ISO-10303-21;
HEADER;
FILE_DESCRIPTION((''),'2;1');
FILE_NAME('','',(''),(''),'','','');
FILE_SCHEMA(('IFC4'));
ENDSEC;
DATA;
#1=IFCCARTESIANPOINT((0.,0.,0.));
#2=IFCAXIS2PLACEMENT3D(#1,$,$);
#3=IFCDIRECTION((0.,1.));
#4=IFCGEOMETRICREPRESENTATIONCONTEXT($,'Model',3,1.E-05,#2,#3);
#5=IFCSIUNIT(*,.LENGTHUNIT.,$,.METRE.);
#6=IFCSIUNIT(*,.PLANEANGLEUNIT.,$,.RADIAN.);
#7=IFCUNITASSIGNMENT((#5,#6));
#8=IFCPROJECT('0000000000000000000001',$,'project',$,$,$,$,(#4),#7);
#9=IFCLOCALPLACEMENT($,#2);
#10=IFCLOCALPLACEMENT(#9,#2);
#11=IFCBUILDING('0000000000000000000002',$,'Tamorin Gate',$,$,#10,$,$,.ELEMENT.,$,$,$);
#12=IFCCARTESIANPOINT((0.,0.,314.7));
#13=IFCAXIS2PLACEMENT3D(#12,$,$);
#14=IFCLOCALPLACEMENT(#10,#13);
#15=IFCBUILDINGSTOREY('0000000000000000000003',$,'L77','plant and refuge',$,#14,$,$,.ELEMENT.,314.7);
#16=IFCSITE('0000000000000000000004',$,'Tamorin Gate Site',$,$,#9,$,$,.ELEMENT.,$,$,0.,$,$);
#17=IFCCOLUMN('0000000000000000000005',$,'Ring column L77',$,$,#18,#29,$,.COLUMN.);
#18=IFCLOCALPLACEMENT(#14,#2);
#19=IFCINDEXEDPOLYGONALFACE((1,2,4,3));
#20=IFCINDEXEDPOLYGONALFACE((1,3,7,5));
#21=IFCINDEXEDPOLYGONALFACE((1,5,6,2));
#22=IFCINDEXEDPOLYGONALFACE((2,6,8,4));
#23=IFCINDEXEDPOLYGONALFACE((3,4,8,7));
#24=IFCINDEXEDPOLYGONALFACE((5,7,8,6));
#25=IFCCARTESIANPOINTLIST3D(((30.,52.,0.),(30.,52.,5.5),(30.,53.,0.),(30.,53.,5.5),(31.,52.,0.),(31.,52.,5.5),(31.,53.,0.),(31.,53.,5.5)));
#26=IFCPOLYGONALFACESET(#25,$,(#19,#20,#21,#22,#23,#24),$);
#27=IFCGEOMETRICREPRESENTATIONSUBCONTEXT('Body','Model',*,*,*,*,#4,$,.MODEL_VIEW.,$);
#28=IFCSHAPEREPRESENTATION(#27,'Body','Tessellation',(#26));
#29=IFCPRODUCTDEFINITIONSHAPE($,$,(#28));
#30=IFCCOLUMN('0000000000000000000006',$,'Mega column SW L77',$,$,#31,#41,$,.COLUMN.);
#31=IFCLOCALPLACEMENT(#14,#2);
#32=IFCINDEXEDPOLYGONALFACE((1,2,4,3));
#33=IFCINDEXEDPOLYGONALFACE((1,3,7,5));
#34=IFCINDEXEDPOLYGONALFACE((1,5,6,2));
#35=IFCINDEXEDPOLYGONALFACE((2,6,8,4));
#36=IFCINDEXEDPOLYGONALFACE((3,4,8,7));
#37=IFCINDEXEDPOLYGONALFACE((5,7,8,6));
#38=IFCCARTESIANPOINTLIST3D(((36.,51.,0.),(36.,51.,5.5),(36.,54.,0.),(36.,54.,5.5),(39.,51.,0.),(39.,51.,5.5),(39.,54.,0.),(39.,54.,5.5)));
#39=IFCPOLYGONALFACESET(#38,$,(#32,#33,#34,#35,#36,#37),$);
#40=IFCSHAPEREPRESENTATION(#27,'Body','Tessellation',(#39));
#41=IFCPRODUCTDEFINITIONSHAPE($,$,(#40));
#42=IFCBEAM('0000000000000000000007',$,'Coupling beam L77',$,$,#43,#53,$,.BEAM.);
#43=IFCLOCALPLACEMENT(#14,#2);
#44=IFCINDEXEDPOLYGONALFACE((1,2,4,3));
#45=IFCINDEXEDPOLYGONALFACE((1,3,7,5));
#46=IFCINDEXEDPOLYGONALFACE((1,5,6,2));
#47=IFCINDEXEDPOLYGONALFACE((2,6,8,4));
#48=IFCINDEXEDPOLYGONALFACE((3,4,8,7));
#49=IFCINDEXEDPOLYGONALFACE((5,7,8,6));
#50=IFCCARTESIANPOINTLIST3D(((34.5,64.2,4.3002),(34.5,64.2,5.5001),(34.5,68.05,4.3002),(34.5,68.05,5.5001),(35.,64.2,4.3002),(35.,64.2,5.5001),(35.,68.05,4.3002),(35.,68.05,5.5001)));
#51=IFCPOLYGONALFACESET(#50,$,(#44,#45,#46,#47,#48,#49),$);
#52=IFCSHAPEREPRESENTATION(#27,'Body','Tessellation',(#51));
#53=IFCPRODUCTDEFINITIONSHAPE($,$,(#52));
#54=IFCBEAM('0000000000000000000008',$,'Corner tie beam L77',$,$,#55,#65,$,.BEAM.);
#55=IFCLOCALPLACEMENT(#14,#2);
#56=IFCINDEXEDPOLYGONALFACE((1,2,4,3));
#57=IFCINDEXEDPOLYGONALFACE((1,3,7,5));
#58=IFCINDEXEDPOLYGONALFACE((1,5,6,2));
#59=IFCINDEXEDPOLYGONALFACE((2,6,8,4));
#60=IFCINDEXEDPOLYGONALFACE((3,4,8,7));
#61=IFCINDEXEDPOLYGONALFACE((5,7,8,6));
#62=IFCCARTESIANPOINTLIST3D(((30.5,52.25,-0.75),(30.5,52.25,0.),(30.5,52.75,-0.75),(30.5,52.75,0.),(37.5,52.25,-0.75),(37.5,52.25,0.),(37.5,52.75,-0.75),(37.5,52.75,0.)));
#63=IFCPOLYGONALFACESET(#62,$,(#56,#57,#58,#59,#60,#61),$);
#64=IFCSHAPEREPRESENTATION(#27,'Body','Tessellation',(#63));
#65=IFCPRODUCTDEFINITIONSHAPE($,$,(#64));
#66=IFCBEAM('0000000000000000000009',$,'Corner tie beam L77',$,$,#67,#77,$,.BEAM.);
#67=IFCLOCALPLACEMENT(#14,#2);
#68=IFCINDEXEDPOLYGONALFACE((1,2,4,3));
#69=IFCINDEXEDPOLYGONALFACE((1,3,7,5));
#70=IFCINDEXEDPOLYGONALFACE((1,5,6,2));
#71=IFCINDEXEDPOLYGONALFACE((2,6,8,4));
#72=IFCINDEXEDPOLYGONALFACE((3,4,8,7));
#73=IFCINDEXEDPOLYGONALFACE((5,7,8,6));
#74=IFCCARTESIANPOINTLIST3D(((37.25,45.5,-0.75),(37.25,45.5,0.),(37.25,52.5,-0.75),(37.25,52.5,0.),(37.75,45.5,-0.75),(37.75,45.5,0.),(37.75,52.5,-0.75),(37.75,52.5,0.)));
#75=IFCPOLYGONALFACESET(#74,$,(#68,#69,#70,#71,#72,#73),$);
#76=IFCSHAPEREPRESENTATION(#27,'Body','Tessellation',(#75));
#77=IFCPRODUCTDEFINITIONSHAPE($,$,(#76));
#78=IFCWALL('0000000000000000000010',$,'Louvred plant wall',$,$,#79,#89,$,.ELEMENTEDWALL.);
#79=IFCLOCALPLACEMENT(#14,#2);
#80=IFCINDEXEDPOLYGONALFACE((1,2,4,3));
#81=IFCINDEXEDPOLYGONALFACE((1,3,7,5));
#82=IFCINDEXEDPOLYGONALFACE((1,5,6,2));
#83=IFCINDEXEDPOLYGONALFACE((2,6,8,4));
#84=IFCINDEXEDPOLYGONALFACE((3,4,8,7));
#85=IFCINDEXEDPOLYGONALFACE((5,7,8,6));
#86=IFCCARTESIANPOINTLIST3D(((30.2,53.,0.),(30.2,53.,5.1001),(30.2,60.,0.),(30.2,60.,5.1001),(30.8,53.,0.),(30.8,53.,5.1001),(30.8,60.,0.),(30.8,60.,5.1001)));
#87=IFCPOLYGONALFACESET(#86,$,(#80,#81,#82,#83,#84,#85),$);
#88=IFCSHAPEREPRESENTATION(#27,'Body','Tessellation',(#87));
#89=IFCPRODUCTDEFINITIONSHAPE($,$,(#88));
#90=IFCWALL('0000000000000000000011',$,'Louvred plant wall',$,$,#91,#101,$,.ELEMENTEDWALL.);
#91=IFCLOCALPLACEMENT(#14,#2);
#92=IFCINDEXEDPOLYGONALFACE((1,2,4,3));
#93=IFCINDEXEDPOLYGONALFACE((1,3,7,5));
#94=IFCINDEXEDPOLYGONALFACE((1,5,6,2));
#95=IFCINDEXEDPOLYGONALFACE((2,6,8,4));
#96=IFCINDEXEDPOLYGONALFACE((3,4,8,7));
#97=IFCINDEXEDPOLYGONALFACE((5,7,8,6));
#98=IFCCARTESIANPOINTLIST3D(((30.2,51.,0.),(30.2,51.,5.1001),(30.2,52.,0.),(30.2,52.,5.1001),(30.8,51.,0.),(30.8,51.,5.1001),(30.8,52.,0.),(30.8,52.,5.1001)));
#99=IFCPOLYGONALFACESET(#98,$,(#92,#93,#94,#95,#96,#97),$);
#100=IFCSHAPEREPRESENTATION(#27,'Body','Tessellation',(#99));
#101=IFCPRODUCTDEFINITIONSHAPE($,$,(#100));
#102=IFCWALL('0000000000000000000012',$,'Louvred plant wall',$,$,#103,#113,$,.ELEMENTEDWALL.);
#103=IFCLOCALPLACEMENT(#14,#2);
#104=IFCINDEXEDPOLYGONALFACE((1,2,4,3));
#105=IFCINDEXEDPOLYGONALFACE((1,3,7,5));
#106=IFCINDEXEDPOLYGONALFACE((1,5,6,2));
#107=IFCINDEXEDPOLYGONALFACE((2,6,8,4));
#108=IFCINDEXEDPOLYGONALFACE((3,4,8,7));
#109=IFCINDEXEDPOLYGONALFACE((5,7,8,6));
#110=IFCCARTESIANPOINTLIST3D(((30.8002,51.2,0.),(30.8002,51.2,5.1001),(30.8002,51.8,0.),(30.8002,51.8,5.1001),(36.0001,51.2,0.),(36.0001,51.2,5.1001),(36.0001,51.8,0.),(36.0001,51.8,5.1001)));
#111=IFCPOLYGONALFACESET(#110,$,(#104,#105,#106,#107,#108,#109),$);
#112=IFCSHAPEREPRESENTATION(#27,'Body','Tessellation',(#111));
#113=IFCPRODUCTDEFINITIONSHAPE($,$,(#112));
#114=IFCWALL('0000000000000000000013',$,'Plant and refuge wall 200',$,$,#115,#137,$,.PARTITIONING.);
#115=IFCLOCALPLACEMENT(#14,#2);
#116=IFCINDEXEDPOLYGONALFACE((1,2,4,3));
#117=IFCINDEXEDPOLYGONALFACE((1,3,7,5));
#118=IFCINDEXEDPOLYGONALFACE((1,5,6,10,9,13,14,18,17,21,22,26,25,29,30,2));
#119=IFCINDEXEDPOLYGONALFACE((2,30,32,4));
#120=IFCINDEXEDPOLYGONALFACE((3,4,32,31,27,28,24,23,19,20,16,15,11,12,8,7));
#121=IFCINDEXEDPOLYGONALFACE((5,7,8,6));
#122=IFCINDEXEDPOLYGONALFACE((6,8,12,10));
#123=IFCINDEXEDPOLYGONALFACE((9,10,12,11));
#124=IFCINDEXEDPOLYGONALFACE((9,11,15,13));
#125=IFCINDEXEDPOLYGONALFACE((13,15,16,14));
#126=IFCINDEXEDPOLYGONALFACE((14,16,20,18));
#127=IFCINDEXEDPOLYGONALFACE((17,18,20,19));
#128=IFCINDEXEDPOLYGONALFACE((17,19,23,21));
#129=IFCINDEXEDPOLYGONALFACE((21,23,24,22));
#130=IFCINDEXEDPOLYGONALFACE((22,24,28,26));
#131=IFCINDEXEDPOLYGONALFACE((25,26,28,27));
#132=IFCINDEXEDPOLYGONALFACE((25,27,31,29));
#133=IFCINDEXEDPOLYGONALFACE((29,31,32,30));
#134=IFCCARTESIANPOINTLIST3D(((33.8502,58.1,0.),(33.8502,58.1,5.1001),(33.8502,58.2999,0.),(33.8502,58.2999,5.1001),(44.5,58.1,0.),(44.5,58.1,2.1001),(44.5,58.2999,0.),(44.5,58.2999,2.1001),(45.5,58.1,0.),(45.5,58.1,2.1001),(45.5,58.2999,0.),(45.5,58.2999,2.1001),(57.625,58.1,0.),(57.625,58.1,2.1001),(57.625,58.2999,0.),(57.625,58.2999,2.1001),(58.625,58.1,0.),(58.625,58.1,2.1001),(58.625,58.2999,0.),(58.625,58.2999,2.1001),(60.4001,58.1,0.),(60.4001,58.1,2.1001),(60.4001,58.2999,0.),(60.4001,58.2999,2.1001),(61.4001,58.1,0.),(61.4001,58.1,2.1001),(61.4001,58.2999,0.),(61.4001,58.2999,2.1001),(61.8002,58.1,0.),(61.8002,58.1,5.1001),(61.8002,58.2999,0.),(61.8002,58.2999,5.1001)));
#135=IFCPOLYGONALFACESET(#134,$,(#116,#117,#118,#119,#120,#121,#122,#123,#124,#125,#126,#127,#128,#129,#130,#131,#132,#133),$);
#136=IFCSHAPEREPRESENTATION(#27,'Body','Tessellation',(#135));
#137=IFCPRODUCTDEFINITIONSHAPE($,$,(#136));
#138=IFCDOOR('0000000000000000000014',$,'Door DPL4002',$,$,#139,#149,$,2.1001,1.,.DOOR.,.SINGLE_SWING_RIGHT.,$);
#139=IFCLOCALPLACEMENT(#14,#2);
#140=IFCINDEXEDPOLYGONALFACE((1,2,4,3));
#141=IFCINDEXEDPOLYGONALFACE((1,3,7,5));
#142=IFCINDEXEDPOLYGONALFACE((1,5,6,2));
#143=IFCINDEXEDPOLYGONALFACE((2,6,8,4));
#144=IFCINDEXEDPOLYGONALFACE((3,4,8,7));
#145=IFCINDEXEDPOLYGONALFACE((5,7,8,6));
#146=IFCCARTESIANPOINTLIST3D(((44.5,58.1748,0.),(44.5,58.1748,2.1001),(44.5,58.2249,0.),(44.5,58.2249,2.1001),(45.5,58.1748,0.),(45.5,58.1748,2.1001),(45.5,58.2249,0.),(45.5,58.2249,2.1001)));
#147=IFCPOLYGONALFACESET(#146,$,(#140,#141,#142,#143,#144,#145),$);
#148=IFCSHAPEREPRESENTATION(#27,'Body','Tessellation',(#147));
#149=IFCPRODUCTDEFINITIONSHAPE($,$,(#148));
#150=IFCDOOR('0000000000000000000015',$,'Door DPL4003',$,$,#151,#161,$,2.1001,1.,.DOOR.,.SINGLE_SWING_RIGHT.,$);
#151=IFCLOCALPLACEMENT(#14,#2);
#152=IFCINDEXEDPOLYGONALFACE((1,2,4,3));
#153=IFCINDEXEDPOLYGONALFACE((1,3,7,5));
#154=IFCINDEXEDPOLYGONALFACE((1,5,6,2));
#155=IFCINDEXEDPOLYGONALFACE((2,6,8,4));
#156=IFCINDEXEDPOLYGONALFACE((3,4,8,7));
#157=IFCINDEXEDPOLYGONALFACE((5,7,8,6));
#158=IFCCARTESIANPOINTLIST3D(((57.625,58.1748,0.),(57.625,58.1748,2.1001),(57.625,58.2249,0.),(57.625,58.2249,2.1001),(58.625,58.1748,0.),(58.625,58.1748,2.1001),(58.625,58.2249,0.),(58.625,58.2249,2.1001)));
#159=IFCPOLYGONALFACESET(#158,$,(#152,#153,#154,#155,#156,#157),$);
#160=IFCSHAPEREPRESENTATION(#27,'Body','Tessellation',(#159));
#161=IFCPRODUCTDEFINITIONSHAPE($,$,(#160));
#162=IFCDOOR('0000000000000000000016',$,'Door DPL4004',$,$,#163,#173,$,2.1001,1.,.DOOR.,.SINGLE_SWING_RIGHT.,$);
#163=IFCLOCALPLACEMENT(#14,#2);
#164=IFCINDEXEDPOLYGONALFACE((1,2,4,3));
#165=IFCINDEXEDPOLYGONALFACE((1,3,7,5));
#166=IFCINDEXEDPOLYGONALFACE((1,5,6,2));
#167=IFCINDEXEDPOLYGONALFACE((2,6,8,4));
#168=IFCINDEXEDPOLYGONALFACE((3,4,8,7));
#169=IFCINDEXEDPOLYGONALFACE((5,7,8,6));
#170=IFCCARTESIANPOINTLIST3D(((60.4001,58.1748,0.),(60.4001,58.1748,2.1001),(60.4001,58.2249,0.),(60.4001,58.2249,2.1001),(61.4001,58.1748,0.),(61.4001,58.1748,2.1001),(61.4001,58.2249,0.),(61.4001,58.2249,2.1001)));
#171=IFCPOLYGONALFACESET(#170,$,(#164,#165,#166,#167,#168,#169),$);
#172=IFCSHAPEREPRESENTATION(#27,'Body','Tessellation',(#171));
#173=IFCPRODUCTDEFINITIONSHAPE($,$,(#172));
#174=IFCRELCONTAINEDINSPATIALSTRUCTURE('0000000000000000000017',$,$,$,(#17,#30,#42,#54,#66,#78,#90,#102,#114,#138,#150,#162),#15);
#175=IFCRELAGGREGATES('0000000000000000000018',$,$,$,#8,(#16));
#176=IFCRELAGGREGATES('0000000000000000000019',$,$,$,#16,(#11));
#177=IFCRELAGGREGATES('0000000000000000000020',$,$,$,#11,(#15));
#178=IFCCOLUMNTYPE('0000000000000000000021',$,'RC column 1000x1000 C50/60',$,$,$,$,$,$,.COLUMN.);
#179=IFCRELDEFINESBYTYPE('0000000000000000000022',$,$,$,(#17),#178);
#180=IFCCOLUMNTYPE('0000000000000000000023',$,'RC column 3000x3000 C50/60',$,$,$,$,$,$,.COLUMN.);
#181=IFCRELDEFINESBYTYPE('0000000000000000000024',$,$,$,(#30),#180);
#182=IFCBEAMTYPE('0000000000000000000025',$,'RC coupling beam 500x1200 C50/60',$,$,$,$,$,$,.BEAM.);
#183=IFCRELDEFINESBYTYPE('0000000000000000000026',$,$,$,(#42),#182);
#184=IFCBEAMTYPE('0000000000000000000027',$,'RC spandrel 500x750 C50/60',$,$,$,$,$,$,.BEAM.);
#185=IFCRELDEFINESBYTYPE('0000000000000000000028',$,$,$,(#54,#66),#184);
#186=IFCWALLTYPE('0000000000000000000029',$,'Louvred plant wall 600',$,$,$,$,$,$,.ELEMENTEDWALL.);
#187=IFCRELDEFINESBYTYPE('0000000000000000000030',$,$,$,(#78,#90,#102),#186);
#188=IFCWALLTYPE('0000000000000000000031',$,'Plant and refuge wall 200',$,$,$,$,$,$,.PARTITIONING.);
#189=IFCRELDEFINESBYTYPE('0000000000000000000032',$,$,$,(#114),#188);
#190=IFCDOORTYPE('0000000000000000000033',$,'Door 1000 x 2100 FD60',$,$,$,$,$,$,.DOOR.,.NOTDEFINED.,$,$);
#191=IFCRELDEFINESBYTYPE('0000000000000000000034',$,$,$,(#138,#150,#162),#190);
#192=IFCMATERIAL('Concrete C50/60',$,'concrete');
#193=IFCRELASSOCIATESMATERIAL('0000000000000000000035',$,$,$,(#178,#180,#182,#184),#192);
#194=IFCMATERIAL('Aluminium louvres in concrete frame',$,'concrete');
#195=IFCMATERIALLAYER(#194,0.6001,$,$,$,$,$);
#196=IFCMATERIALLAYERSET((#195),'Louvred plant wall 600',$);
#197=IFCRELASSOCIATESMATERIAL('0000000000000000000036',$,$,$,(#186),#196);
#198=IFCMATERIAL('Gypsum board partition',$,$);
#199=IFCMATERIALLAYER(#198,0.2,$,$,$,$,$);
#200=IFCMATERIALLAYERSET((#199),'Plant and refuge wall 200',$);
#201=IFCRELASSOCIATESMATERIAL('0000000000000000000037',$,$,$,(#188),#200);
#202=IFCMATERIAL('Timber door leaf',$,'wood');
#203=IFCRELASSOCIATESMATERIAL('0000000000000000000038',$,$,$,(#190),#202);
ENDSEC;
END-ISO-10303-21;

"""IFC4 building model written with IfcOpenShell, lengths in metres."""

from ifc_helpers import new_model, si_unit, direction, frame, frame_2d, origin, origin_2d, place, context, subcontext, project, spatial, rectangle, extrude, material, layer, layer_set, material_profile, profile_set, type_object, element, fill, save


model = new_model("IFC4")

# Units and contexts
model_context = context("Model", 3, precision=1e-05, world=origin(), true_north=direction((0.0, 1.0)))
body_context = subcontext(model_context, "Body", "Model", "MODEL_VIEW")
ifc_project = project(units=[si_unit("LENGTHUNIT", "METRE"), si_unit("PLANEANGLEUNIT", "RADIAN")], contexts=[model_context])

# Site, building, storey
site_placement = place(None, origin())
site = spatial("IfcSite", under=ifc_project, at=site_placement, Name="Tamorin Gate Site", CompositionType="ELEMENT", RefElevation=0.0)
building_placement = place(site_placement, origin())
building = spatial("IfcBuilding", under=site, at=building_placement, Name="Tamorin Gate", CompositionType="ELEMENT")
storey_placement = place(building_placement, frame((0.0, 0.0, 314.7)))
storey = spatial("IfcBuildingStorey", under=building, at=storey_placement, Name="L77", Description="plant and refuge", CompositionType="ELEMENT", Elevation=314.7)

# Columns
ifc_material_1 = material(Name="Concrete C50/60", Category="concrete")
ifc_material_profile_1 = material_profile(ifc_material_1, rectangle(XDim=1.0, YDim=1.0, at=origin_2d()), Name="RC 1000x1000")
ifc_profile_set_1 = profile_set([ifc_material_profile_1], Name="Concrete C50/60")
column_type_1 = type_object("IfcColumnType", Name="RC column 1000x1000 C50/60", PredefinedType="COLUMN", material=ifc_profile_set_1)
column_1_placement = place(storey_placement, frame((30.5, 52.5, 0.0), z_axis=(0.0, 0.0, 1.0), x_axis=(1.0, 0.0, 0.0)))
element("IfcColumn", 1, at=column_1_placement, inside=storey, type_object=column_type_1, Name="Ring column L77", PredefinedType="COLUMN", context=body_context, shape_type="SweptSolid", body=[
    extrude(rectangle(XDim=1.0, YDim=1.0, at=origin_2d()), origin(), (0.0, 0.0, 1.0), 5.5),
])
ifc_material_profile_2 = material_profile(ifc_material_1, rectangle(XDim=3.0, YDim=3.0, at=origin_2d()), Name="RC 3000x3000")
ifc_profile_set_2 = profile_set([ifc_material_profile_2], Name="Concrete C50/60")
column_type_2 = type_object("IfcColumnType", Name="RC column 3000x3000 C50/60", PredefinedType="COLUMN", material=ifc_profile_set_2)
column_2_placement = place(storey_placement, frame((37.5, 52.5, 0.0), z_axis=(0.0, 0.0, 1.0), x_axis=(1.0, 0.0, 0.0)))
element("IfcColumn", 2, at=column_2_placement, inside=storey, type_object=column_type_2, Name="Mega column SW L77", PredefinedType="COLUMN", context=body_context, shape_type="SweptSolid", body=[
    extrude(rectangle(XDim=3.0, YDim=3.0, at=origin_2d()), origin(), (0.0, 0.0, 1.0), 5.5),
])

# Beams
ifc_material_profile_3 = material_profile(ifc_material_1, rectangle(XDim=0.5, YDim=1.2, at=origin_2d()), Name="RC 500x1200")
ifc_profile_set_3 = profile_set([ifc_material_profile_3], Name="Concrete C50/60")
beam_type_1 = type_object("IfcBeamType", Name="RC coupling beam 500x1200 C50/60", PredefinedType="BEAM", material=ifc_profile_set_3)
beam_placement = place(storey_placement, frame((34.75, 64.2, 4.9001), z_axis=(0.0, 1.0, 0.0), x_axis=(-1.0, 0.0, 0.0)))
element("IfcBeam", 3, at=beam_placement, inside=storey, type_object=beam_type_1, Name="Coupling beam L77", PredefinedType="BEAM", context=body_context, shape_type="SweptSolid", body=[
    extrude(rectangle(XDim=0.5, YDim=1.2, at=origin_2d()), origin(), (0.0, 0.0, 1.0), 3.8501),
])
ifc_material_profile_4 = material_profile(ifc_material_1, rectangle(XDim=0.5, YDim=0.75, at=origin_2d()), Name="RC 500x750")
ifc_profile_set_4 = profile_set([ifc_material_profile_4], Name="Concrete C50/60")
beam_type_2 = type_object("IfcBeamType", Name="RC spandrel 500x750 C50/60", PredefinedType="BEAM", material=ifc_profile_set_4)
for number, where, z_axis, x_axis, name in (
    (4, (37.5, 52.5, -0.375), (-1.0, 0.0, 0.0), (0.0, -1.0, 0.0), "Corner tie beam L77"),
    (5, (37.5, 52.5, -0.375), (0.0, -1.0, 0.0), (1.0, 0.0, 0.0), "Corner tie beam L77"),
):
    element("IfcBeam", number, at=place(storey_placement, frame(where, z_axis=z_axis, x_axis=x_axis)), inside=storey, type_object=beam_type_2, Name=name, PredefinedType="BEAM", context=body_context, shape_type="SweptSolid", body=[
        extrude(rectangle(XDim=0.5, YDim=0.75, at=origin_2d()), origin(), (0.0, 0.0, 1.0), 7.0),
    ])

# Walls
ifc_material_2 = material(Name="Aluminium louvres in concrete frame", Category="concrete")
ifc_layer_1 = layer(ifc_material_2, 0.6001)
ifc_layer_set_1 = layer_set([ifc_layer_1], Name="Louvred plant wall 600")
wall_type_1 = type_object("IfcWallType", Name="Louvred plant wall 600", PredefinedType="ELEMENTEDWALL", material=ifc_layer_set_1)
wall_1_placement = place(storey_placement, frame((30.5, 60.0, 0.0), z_axis=(0.0, 0.0, 1.0), x_axis=(0.0, -1.0, 0.0)))
element("IfcWall", 6, at=wall_1_placement, inside=storey, type_object=wall_type_1, Name="Louvred plant wall", PredefinedType="ELEMENTEDWALL", context=body_context, shape_type="SweptSolid", body=[
    extrude(rectangle(XDim=7.0, YDim=0.6001, at=frame_2d((3.5, 0.0))), origin(), (0.0, 0.0, 1.0), 5.1001),
])
wall_2_placement = place(storey_placement, frame((30.5, 52.0, 0.0), z_axis=(0.0, 0.0, 1.0), x_axis=(0.0, -1.0, 0.0)))
element("IfcWall", 7, at=wall_2_placement, inside=storey, type_object=wall_type_1, Name="Louvred plant wall", PredefinedType="ELEMENTEDWALL", context=body_context, shape_type="SweptSolid", body=[
    extrude(rectangle(XDim=1.0, YDim=0.6001, at=frame_2d((0.5, 0.0))), origin(), (0.0, 0.0, 1.0), 5.1001),
])
wall_3_placement = place(storey_placement, frame((30.8, 51.5, 0.0), z_axis=(0.0, 0.0, 1.0), x_axis=(1.0, 0.0, 0.0)))
element("IfcWall", 8, at=wall_3_placement, inside=storey, type_object=wall_type_1, Name="Louvred plant wall", PredefinedType="ELEMENTEDWALL", context=body_context, shape_type="SweptSolid", body=[
    extrude(rectangle(XDim=5.2, YDim=0.6001, at=frame_2d((2.6001, 0.0))), origin(), (0.0, 0.0, 1.0), 5.1001),
])

# Wall, openings, doors
ifc_material_3 = material(Name="Gypsum board partition")
ifc_layer_2 = layer(ifc_material_3, 0.2)
ifc_layer_set_2 = layer_set([ifc_layer_2], Name="Plant and refuge wall 200")
wall_type_2 = type_object("IfcWallType", Name="Plant and refuge wall 200", PredefinedType="PARTITIONING", material=ifc_layer_set_2)
wall_4_placement = place(storey_placement, frame((33.8501, 58.2, 0.0), z_axis=(0.0, 0.0, 1.0), x_axis=(1.0, 0.0, 0.0)))
wall_4 = element("IfcWall", 9, at=wall_4_placement, inside=storey, type_object=wall_type_2, Name="Plant and refuge wall 200", PredefinedType="PARTITIONING", context=body_context, shape_type="SweptSolid", body=[
    extrude(rectangle(XDim=27.95, YDim=0.2, at=frame_2d((13.9751, 0.0))), origin(), (0.0, 0.0, 1.0), 5.1001),
])
opening_1_placement = place(wall_4_placement, frame((10.6499, 0.0, 0.0)))
opening_1 = element("IfcOpeningElement", 10, at=opening_1_placement, cuts=wall_4, PredefinedType="OPENING", context=body_context, shape_type="SweptSolid", body=[
    extrude(rectangle(XDim=1.0, YDim=2.1001, at=frame_2d((0.5, 1.05))), frame((0.0, 0.1099, 0.0), z_axis=(0.0, -1.0, 0.0), x_axis=(1.0, 0.0, 0.0)), (0.0, 0.0, 1.0), 0.22),
])
opening_2_placement = place(wall_4_placement, frame((23.7749, 0.0, 0.0)))
opening_2 = element("IfcOpeningElement", 11, at=opening_2_placement, cuts=wall_4, PredefinedType="OPENING", context=body_context, shape_type="SweptSolid", body=[
    extrude(rectangle(XDim=1.0, YDim=2.1001, at=frame_2d((0.5, 1.05))), frame((0.0, 0.1099, 0.0), z_axis=(0.0, -1.0, 0.0), x_axis=(1.0, 0.0, 0.0)), (0.0, 0.0, 1.0), 0.22),
])
opening_3_placement = place(wall_4_placement, frame((26.55, 0.0, 0.0)))
opening_3 = element("IfcOpeningElement", 12, at=opening_3_placement, cuts=wall_4, PredefinedType="OPENING", context=body_context, shape_type="SweptSolid", body=[
    extrude(rectangle(XDim=1.0, YDim=2.1001, at=frame_2d((0.5, 1.05))), frame((0.0, 0.1099, 0.0), z_axis=(0.0, -1.0, 0.0), x_axis=(1.0, 0.0, 0.0)), (0.0, 0.0, 1.0), 0.22),
])
ifc_material_4 = material(Name="Timber door leaf", Category="wood")
door_type_1 = type_object("IfcDoorType", Name="Door 1000 x 2100 FD60", OperationType="NOTDEFINED", PredefinedType="DOOR", material=ifc_material_4)
door_1_placement = place(opening_1_placement, origin())
door_1 = element("IfcDoor", 13, at=door_1_placement, inside=storey, type_object=door_type_1, Name="Door DPL4002", OperationType="SINGLE_SWING_RIGHT", OverallHeight=2.1001, OverallWidth=1.0, PredefinedType="DOOR", context=body_context, shape_type="SweptSolid", body=[
    extrude(rectangle(XDim=1.0, YDim=2.1001, at=frame_2d((0.5, 1.05))), frame((0.0, 0.0249, 0.0), z_axis=(0.0, -1.0, 0.0), x_axis=(1.0, 0.0, 0.0)), (0.0, 0.0, 1.0), 0.05),
])
fill(opening_1, door_1)
door_2_placement = place(opening_2_placement, origin())
door_2 = element("IfcDoor", 14, at=door_2_placement, inside=storey, type_object=door_type_1, Name="Door DPL4003", OperationType="SINGLE_SWING_RIGHT", OverallHeight=2.1001, OverallWidth=1.0, PredefinedType="DOOR", context=body_context, shape_type="SweptSolid", body=[
    extrude(rectangle(XDim=1.0, YDim=2.1001, at=frame_2d((0.5, 1.05))), frame((0.0, 0.0249, 0.0), z_axis=(0.0, -1.0, 0.0), x_axis=(1.0, 0.0, 0.0)), (0.0, 0.0, 1.0), 0.05),
])
fill(opening_2, door_2)
door_3_placement = place(opening_3_placement, origin())
door_3 = element("IfcDoor", 15, at=door_3_placement, inside=storey, type_object=door_type_1, Name="Door DPL4004", OperationType="SINGLE_SWING_RIGHT", OverallHeight=2.1001, OverallWidth=1.0, PredefinedType="DOOR", context=body_context, shape_type="SweptSolid", body=[
    extrude(rectangle(XDim=1.0, YDim=2.1001, at=frame_2d((0.5, 1.05))), frame((0.0, 0.0249, 0.0), z_axis=(0.0, -1.0, 0.0), x_axis=(1.0, 0.0, 0.0)), (0.0, 0.0, 1.0), 0.05),
])
fill(opening_3, door_3)

save(model, "model.ifc")
